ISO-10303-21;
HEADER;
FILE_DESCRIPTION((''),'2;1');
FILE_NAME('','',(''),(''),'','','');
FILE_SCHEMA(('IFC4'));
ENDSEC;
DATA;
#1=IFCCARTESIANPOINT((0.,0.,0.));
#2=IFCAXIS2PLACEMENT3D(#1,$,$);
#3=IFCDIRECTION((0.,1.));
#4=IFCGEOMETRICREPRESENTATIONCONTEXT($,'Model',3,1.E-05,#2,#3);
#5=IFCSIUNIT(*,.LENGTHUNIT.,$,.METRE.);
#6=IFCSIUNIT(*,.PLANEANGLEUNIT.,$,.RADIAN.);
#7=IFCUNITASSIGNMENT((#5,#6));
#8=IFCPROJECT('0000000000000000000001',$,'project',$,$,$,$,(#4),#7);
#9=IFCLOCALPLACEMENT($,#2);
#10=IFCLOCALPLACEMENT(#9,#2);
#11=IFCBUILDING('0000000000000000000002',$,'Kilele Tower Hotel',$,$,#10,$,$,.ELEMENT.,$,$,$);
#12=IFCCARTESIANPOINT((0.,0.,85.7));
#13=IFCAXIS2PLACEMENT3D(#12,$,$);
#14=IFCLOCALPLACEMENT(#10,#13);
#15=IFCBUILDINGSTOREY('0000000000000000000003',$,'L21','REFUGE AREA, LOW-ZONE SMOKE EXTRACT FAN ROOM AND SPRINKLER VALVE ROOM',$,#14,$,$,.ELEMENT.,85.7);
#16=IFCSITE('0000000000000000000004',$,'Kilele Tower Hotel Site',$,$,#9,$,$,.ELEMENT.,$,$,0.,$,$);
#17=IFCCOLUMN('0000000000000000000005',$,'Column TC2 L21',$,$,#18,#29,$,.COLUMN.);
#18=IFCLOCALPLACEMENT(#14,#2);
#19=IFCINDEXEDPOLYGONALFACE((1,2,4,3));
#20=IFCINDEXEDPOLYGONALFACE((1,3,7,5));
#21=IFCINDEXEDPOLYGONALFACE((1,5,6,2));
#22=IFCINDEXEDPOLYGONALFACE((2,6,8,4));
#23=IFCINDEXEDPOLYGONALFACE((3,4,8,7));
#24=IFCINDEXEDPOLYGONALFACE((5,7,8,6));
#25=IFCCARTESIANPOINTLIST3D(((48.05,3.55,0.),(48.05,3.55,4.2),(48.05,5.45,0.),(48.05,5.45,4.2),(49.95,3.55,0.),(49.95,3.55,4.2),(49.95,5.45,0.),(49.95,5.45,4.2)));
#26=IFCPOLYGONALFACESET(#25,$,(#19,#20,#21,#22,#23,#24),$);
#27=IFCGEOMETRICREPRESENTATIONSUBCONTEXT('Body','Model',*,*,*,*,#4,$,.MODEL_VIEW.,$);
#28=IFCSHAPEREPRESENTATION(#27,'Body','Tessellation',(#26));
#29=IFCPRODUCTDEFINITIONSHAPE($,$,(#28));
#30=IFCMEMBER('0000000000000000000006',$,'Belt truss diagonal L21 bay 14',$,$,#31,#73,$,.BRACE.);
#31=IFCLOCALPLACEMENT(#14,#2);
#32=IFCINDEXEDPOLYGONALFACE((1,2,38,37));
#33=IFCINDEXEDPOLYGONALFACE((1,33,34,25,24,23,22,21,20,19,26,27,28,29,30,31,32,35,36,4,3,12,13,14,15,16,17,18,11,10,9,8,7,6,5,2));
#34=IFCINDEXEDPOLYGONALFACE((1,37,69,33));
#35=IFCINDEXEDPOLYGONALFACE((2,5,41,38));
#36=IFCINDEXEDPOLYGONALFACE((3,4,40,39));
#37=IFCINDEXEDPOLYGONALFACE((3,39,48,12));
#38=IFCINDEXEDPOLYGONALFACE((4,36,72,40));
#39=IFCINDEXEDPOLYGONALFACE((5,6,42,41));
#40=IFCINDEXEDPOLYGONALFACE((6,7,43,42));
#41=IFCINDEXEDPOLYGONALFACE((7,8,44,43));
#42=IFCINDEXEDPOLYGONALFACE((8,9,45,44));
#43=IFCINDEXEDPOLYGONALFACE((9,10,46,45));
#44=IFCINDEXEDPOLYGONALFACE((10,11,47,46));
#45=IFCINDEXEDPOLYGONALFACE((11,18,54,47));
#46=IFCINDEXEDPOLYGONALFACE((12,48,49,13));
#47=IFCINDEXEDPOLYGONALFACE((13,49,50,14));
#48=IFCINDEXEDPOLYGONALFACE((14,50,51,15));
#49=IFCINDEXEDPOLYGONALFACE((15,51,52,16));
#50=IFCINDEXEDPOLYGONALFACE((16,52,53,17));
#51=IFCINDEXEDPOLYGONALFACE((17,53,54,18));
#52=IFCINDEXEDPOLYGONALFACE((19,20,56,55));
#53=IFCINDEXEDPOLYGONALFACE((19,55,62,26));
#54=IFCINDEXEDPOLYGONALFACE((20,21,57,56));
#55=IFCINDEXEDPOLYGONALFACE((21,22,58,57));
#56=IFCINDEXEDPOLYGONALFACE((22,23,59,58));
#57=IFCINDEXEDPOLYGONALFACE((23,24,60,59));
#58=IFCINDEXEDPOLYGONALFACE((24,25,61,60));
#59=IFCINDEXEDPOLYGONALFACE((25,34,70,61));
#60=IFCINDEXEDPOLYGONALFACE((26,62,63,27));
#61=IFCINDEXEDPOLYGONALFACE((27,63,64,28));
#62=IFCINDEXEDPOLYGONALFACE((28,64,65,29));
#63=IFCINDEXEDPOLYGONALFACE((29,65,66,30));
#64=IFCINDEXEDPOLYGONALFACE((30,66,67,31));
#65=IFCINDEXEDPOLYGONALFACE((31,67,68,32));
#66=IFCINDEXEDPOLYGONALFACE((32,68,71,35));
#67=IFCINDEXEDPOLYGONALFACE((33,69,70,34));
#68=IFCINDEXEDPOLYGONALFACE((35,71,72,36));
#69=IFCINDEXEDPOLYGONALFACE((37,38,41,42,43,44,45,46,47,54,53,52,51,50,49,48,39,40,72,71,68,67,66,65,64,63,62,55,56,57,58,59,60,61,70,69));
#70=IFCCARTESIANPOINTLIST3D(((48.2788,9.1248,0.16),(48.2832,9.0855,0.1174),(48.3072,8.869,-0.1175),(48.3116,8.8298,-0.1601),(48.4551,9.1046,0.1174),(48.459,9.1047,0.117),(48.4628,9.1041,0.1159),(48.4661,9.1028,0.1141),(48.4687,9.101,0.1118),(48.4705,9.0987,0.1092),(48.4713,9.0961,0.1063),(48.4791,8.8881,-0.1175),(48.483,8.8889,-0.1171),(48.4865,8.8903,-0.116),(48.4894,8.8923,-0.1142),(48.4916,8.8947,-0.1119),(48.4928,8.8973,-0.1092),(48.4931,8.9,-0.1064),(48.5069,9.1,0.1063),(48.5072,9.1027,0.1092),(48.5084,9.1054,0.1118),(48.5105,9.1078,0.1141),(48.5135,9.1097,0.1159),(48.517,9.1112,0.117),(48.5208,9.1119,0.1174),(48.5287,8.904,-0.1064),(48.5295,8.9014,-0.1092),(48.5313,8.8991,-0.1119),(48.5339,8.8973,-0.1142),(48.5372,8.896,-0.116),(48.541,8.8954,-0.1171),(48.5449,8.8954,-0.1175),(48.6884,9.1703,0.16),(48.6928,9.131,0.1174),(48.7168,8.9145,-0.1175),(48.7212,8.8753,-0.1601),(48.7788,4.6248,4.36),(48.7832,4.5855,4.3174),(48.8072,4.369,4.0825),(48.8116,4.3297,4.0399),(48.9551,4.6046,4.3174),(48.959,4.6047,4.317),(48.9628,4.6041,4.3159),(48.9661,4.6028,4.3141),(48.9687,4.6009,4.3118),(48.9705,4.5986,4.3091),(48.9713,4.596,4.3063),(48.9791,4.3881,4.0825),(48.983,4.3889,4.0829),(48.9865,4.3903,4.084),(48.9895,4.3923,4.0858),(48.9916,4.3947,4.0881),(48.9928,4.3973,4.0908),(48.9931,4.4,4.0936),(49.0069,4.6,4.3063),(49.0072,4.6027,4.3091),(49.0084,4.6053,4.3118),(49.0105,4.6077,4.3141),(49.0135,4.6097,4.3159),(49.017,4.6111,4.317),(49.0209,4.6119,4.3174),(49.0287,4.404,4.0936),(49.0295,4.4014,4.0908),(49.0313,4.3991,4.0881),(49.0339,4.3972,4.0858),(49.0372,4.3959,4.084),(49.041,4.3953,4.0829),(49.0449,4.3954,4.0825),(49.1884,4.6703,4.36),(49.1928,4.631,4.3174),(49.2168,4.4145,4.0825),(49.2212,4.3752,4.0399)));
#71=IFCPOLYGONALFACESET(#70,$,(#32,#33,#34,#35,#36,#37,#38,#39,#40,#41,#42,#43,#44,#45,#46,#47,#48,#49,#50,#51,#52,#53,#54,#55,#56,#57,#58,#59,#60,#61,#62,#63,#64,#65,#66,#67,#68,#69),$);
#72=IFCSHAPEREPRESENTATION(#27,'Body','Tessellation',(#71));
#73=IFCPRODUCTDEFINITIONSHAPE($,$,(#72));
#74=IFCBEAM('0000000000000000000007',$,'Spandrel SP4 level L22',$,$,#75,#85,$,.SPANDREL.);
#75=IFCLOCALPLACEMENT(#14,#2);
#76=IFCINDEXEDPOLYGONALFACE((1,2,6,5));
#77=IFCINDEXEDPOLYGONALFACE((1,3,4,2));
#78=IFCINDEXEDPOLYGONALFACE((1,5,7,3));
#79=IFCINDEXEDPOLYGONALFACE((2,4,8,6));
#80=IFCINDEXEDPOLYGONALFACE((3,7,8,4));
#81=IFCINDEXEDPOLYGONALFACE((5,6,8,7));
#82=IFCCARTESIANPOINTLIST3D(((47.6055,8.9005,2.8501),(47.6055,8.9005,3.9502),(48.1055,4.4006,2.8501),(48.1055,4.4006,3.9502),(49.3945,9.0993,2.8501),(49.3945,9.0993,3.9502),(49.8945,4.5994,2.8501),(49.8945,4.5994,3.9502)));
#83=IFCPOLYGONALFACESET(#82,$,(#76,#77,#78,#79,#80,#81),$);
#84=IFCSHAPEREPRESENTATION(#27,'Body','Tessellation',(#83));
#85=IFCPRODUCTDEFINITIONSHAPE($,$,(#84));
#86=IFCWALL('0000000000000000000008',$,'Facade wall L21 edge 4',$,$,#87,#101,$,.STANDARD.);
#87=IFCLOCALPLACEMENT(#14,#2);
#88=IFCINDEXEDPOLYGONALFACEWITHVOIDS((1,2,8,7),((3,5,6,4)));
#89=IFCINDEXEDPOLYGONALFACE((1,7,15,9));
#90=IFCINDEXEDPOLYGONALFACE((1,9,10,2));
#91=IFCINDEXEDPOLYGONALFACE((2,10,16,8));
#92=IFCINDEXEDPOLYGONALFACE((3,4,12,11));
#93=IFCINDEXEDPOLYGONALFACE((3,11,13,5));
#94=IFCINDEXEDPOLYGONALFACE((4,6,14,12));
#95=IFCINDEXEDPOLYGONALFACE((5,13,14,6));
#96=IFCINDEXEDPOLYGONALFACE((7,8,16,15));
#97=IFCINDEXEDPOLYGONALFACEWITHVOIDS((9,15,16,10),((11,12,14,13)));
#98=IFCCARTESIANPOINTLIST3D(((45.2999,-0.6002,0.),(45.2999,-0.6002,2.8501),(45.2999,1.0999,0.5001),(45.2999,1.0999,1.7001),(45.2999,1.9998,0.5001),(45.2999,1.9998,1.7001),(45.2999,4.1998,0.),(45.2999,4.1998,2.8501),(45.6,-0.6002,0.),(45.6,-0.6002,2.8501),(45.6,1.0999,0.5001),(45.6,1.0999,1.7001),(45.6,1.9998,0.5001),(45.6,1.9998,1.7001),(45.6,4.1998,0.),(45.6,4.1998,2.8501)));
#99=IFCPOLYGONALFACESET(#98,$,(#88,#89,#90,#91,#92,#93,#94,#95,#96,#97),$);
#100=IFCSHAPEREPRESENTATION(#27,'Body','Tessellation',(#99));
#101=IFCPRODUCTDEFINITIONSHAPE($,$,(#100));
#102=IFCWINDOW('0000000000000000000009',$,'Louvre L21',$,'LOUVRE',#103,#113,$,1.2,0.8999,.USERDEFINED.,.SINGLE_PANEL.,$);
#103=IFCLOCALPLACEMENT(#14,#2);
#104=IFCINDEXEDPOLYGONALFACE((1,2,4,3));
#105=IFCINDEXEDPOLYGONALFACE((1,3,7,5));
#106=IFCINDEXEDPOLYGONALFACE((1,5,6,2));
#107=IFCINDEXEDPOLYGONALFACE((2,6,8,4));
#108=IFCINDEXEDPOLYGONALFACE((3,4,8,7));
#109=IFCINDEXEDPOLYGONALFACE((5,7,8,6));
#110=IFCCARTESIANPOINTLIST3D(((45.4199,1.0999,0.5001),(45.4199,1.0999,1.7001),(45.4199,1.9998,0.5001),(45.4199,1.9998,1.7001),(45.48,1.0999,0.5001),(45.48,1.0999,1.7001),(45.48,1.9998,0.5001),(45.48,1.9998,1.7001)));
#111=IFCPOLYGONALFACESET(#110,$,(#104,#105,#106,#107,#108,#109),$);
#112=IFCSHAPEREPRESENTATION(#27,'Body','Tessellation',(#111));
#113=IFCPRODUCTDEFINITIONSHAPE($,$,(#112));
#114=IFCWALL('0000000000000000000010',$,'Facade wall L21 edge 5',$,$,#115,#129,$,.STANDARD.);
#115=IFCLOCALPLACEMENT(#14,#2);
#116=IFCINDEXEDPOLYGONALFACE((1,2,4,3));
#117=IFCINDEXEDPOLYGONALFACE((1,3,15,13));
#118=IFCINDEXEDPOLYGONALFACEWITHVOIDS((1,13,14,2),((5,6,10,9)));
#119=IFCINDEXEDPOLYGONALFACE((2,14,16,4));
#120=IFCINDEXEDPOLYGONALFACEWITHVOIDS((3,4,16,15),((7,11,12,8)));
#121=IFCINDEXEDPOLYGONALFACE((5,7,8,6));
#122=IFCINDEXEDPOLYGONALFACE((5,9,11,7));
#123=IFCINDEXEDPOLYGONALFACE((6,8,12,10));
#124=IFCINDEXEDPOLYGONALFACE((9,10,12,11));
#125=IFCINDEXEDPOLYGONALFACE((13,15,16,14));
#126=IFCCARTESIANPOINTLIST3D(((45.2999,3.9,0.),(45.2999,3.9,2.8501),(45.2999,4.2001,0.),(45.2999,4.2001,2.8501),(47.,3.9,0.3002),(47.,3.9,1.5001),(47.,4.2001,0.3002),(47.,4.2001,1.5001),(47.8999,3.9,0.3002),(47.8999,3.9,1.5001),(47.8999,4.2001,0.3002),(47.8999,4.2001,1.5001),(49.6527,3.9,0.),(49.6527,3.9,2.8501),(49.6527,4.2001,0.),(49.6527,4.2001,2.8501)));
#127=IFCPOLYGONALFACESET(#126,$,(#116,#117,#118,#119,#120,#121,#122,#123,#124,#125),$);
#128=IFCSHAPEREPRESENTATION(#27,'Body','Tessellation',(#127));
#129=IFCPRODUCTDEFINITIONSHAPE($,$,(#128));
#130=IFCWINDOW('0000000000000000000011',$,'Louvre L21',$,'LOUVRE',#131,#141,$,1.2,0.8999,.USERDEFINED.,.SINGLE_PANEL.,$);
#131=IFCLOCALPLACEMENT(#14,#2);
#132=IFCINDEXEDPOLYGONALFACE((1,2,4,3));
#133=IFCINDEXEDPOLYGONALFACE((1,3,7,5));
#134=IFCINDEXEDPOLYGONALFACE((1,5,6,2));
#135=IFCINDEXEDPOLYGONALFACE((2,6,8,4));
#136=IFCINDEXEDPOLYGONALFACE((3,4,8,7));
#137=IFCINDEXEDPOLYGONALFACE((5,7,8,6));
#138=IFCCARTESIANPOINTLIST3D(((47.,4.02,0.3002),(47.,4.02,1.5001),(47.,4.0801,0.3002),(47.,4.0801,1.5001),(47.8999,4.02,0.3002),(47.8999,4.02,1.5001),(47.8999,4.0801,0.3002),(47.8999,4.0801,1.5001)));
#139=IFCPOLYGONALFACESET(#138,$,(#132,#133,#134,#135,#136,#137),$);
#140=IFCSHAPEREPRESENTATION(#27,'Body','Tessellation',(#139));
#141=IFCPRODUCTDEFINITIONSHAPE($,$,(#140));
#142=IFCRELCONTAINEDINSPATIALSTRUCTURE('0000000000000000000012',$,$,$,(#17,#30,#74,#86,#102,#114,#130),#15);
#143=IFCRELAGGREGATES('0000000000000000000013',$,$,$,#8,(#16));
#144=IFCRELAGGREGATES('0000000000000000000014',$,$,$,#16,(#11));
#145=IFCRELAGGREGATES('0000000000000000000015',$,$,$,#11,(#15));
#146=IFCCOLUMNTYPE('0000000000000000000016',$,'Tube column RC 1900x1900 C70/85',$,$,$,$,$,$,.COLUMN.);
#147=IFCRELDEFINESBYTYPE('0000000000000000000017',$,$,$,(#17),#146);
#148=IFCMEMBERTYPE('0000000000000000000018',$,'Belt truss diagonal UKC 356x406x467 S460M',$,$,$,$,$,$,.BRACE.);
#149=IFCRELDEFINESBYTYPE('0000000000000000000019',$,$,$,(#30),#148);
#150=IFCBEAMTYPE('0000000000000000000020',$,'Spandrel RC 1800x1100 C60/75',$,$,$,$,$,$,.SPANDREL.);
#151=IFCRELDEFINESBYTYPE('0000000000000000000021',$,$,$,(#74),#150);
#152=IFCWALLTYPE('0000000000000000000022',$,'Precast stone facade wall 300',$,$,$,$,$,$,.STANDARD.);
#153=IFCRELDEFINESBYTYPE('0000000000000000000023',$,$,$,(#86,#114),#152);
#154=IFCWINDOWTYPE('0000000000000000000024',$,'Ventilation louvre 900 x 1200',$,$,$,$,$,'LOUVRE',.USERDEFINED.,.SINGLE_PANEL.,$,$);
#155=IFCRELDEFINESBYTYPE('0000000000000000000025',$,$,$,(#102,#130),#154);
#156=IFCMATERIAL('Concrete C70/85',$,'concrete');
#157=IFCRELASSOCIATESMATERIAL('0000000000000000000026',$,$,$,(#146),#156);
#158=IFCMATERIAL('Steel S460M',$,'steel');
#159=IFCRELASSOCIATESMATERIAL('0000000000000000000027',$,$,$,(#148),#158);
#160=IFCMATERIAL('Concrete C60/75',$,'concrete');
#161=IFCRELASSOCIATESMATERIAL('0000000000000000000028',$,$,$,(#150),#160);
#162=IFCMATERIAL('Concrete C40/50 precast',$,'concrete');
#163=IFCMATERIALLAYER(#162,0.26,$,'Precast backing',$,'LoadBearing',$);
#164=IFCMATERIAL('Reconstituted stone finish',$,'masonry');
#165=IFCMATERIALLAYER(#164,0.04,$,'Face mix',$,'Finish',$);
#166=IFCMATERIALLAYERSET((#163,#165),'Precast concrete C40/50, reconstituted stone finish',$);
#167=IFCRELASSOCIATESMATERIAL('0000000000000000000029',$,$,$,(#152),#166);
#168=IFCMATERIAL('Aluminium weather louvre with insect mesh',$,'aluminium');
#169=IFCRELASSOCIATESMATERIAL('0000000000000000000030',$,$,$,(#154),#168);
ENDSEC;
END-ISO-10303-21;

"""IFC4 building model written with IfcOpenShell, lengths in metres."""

from ifc_helpers import new_model, si_unit, direction, frame, frame_2d, origin, origin_2d, place, context, subcontext, project, spatial, rectangle, i_section, extrude, material, layer, layer_set, material_profile, profile_set, type_object, element, fill, save


model = new_model("IFC4")

# Units and contexts
model_context = context("Model", 3, precision=1e-05, world=origin(), true_north=direction((0.0, 1.0)))
body_context = subcontext(model_context, "Body", "Model", "MODEL_VIEW")
ifc_project = project(units=[si_unit("LENGTHUNIT", "METRE"), si_unit("PLANEANGLEUNIT", "RADIAN")], contexts=[model_context])

# Site, building, storey
site_placement = place(None, origin())
site = spatial("IfcSite", under=ifc_project, at=site_placement, Name="Kilele Tower Hotel Site", CompositionType="ELEMENT", RefElevation=0.0)
building_placement = place(site_placement, origin())
building = spatial("IfcBuilding", under=site, at=building_placement, Name="Kilele Tower Hotel", CompositionType="ELEMENT")
storey_placement = place(building_placement, frame((0.0, 0.0, 85.7)))
storey = spatial("IfcBuildingStorey", under=building, at=storey_placement, Name="L21", Description="REFUGE AREA, LOW-ZONE SMOKE EXTRACT FAN ROOM AND SPRINKLER VALVE ROOM", CompositionType="ELEMENT", Elevation=85.7)

# Column
ifc_material_1 = material(Name="Concrete C70/85", Category="concrete")
ifc_material_profile_1 = material_profile(ifc_material_1, rectangle(XDim=1.8999, YDim=1.8999, at=origin_2d()))
ifc_profile_set_1 = profile_set([ifc_material_profile_1], Name="Concrete C70/85")
column_type = type_object("IfcColumnType", Name="Tube column RC 1900x1900 C70/85", PredefinedType="COLUMN", material=ifc_profile_set_1)
column_placement = place(storey_placement, frame((49.0, 4.5, 0.0), z_axis=(0.0, 0.0, 1.0), x_axis=(1.0, 0.0, 0.0)))
element("IfcColumn", 1, at=column_placement, inside=storey, type_object=column_type, Name="Column TC2 L21", PredefinedType="COLUMN", context=body_context, shape_type="SweptSolid", body=[
    extrude(rectangle(XDim=1.8999, YDim=1.8999, at=origin_2d()), origin(), (0.0, 0.0, 1.0), 4.2),
])

# Member
ifc_material_2 = material(Name="Steel S460M", Category="steel")
ifc_material_profile_2 = material_profile(ifc_material_2, i_section(OverallWidth=0.4121, OverallDepth=0.4365, WebThickness=0.0359, FlangeThickness=0.0581, FilletRadius=0.0151, at=origin_2d()))
ifc_profile_set_2 = profile_set([ifc_material_profile_2], Name="Steel S460M")
member_type = type_object("IfcMemberType", Name="Belt truss diagonal UKC 356x406x467 S460M", PredefinedType="BRACE", material=ifc_profile_set_2)
member_placement = place(storey_placement, frame((49.0, 4.5, 4.2), z_axis=(-0.080962, 0.728659, -0.680074), x_axis=(-0.993884, -0.110432, 0.0)))
element("IfcMember", 2, at=member_placement, inside=storey, type_object=member_type, Name="Belt truss diagonal L21 bay 14", PredefinedType="BRACE", context=body_context, shape_type="SweptSolid", body=[
    extrude(i_section(OverallWidth=0.4121, OverallDepth=0.4365, WebThickness=0.0359, FlangeThickness=0.0581, FilletRadius=0.0151, at=origin_2d()), origin(), (0.0, 0.0, 1.0), 6.1758),
])

# Beam
ifc_material_3 = material(Name="Concrete C60/75", Category="concrete")
ifc_material_profile_3 = material_profile(ifc_material_3, rectangle(XDim=1.8, YDim=1.1001, at=origin_2d()))
ifc_profile_set_3 = profile_set([ifc_material_profile_3], Name="Concrete C60/75")
beam_type = type_object("IfcBeamType", Name="Spandrel RC 1800x1100 C60/75", PredefinedType="SPANDREL", material=ifc_profile_set_3)
beam_placement = place(storey_placement, frame((49.0, 4.5, 3.4001), z_axis=(-0.110432, 0.993884, 0.0), x_axis=(-0.993884, -0.110432, 0.0)))
element("IfcBeam", 3, at=beam_placement, inside=storey, type_object=beam_type, Name="Spandrel SP4 level L22", PredefinedType="SPANDREL", context=body_context, shape_type="SweptSolid", body=[
    extrude(rectangle(XDim=1.8, YDim=1.1001, at=origin_2d()), origin(), (0.0, 0.0, 1.0), 4.5276),
])

# Walls, openings, windows
ifc_material_4 = material(Name="Concrete C40/50 precast", Category="concrete")
ifc_layer_1 = layer(ifc_material_4, 0.26, Name="Precast backing", Category="LoadBearing")
ifc_material_5 = material(Name="Reconstituted stone finish", Category="masonry")
ifc_layer_2 = layer(ifc_material_5, 0.04, Name="Face mix", Category="Finish")
ifc_layer_set_1 = layer_set([ifc_layer_1, ifc_layer_2], Name="Precast concrete C40/50, reconstituted stone finish")
wall_type = type_object("IfcWallType", Name="Precast stone facade wall 300", PredefinedType="STANDARD", material=ifc_layer_set_1)
wall_1_placement = place(storey_placement, frame((45.45, -0.6001, 0.0), z_axis=(0.0, 0.0, 1.0), x_axis=(0.0, 1.0, 0.0)))
wall_1 = element("IfcWall", 4, at=wall_1_placement, inside=storey, type_object=wall_type, Name="Facade wall L21 edge 4", PredefinedType="STANDARD", context=body_context, shape_type="SweptSolid", body=[
    extrude(rectangle(XDim=4.8, YDim=0.3, at=frame_2d((2.3999, 0.0))), origin(), (0.0, 0.0, 1.0), 2.8501),
])
opening_1_placement = place(wall_1_placement, frame((1.7, 0.0, 0.5)))
opening_1 = element("IfcOpeningElement", 5, at=opening_1_placement, cuts=wall_1, PredefinedType="OPENING", context=body_context, shape_type="SweptSolid", body=[
    extrude(rectangle(XDim=0.8999, YDim=1.2, at=frame_2d((0.45, 0.6001))), frame((0.0, 0.1599, 0.0), z_axis=(0.0, -1.0, 0.0), x_axis=(1.0, 0.0, 0.0)), (0.0, 0.0, 1.0), 0.3201),
])
ifc_material_6 = material(Name="Aluminium weather louvre with insect mesh", Category="aluminium")
window_type = type_object("IfcWindowType", Name="Ventilation louvre 900 x 1200", ElementType="LOUVRE", PartitioningType="SINGLE_PANEL", PredefinedType="USERDEFINED", material=ifc_material_6)
window_1_placement = place(opening_1_placement, origin())
window_1 = element("IfcWindow", 6, at=window_1_placement, inside=storey, type_object=window_type, Name="Louvre L21", ObjectType="LOUVRE", OverallHeight=1.2, OverallWidth=0.8999, PartitioningType="SINGLE_PANEL", PredefinedType="USERDEFINED", context=body_context, shape_type="SweptSolid", body=[
    extrude(rectangle(XDim=0.8999, YDim=1.2, at=frame_2d((0.45, 0.6001))), frame((0.0, 0.03, 0.0), z_axis=(0.0, -1.0, 0.0), x_axis=(1.0, 0.0, 0.0)), (0.0, 0.0, 1.0), 0.0601),
])
fill(opening_1, window_1)
wall_2_placement = place(storey_placement, frame((45.3, 4.05, 0.0), z_axis=(0.0, 0.0, 1.0), x_axis=(1.0, 0.0, 0.0)))
wall_2 = element("IfcWall", 7, at=wall_2_placement, inside=storey, type_object=wall_type, Name="Facade wall L21 edge 5", PredefinedType="STANDARD", context=body_context, shape_type="SweptSolid", body=[
    extrude(rectangle(XDim=4.3528, YDim=0.3, at=frame_2d((2.1763, 0.0))), origin(), (0.0, 0.0, 1.0), 2.8501),
])
opening_2_placement = place(wall_2_placement, frame((1.7, 0.0, 0.3)))
opening_2 = element("IfcOpeningElement", 8, at=opening_2_placement, cuts=wall_2, PredefinedType="OPENING", context=body_context, shape_type="SweptSolid", body=[
    extrude(rectangle(XDim=0.8999, YDim=1.2, at=frame_2d((0.45, 0.6001))), frame((0.0, 0.1599, 0.0), z_axis=(0.0, -1.0, 0.0), x_axis=(1.0, 0.0, 0.0)), (0.0, 0.0, 1.0), 0.3201),
])
window_2_placement = place(opening_2_placement, origin())
window_2 = element("IfcWindow", 9, at=window_2_placement, inside=storey, type_object=window_type, Name="Louvre L21", ObjectType="LOUVRE", OverallHeight=1.2, OverallWidth=0.8999, PartitioningType="SINGLE_PANEL", PredefinedType="USERDEFINED", context=body_context, shape_type="SweptSolid", body=[
    extrude(rectangle(XDim=0.8999, YDim=1.2, at=frame_2d((0.45, 0.6001))), frame((0.0, 0.03, 0.0), z_axis=(0.0, -1.0, 0.0), x_axis=(1.0, 0.0, 0.0)), (0.0, 0.0, 1.0), 0.0601),
])
fill(opening_2, window_2)

save(model, "model.ifc")
